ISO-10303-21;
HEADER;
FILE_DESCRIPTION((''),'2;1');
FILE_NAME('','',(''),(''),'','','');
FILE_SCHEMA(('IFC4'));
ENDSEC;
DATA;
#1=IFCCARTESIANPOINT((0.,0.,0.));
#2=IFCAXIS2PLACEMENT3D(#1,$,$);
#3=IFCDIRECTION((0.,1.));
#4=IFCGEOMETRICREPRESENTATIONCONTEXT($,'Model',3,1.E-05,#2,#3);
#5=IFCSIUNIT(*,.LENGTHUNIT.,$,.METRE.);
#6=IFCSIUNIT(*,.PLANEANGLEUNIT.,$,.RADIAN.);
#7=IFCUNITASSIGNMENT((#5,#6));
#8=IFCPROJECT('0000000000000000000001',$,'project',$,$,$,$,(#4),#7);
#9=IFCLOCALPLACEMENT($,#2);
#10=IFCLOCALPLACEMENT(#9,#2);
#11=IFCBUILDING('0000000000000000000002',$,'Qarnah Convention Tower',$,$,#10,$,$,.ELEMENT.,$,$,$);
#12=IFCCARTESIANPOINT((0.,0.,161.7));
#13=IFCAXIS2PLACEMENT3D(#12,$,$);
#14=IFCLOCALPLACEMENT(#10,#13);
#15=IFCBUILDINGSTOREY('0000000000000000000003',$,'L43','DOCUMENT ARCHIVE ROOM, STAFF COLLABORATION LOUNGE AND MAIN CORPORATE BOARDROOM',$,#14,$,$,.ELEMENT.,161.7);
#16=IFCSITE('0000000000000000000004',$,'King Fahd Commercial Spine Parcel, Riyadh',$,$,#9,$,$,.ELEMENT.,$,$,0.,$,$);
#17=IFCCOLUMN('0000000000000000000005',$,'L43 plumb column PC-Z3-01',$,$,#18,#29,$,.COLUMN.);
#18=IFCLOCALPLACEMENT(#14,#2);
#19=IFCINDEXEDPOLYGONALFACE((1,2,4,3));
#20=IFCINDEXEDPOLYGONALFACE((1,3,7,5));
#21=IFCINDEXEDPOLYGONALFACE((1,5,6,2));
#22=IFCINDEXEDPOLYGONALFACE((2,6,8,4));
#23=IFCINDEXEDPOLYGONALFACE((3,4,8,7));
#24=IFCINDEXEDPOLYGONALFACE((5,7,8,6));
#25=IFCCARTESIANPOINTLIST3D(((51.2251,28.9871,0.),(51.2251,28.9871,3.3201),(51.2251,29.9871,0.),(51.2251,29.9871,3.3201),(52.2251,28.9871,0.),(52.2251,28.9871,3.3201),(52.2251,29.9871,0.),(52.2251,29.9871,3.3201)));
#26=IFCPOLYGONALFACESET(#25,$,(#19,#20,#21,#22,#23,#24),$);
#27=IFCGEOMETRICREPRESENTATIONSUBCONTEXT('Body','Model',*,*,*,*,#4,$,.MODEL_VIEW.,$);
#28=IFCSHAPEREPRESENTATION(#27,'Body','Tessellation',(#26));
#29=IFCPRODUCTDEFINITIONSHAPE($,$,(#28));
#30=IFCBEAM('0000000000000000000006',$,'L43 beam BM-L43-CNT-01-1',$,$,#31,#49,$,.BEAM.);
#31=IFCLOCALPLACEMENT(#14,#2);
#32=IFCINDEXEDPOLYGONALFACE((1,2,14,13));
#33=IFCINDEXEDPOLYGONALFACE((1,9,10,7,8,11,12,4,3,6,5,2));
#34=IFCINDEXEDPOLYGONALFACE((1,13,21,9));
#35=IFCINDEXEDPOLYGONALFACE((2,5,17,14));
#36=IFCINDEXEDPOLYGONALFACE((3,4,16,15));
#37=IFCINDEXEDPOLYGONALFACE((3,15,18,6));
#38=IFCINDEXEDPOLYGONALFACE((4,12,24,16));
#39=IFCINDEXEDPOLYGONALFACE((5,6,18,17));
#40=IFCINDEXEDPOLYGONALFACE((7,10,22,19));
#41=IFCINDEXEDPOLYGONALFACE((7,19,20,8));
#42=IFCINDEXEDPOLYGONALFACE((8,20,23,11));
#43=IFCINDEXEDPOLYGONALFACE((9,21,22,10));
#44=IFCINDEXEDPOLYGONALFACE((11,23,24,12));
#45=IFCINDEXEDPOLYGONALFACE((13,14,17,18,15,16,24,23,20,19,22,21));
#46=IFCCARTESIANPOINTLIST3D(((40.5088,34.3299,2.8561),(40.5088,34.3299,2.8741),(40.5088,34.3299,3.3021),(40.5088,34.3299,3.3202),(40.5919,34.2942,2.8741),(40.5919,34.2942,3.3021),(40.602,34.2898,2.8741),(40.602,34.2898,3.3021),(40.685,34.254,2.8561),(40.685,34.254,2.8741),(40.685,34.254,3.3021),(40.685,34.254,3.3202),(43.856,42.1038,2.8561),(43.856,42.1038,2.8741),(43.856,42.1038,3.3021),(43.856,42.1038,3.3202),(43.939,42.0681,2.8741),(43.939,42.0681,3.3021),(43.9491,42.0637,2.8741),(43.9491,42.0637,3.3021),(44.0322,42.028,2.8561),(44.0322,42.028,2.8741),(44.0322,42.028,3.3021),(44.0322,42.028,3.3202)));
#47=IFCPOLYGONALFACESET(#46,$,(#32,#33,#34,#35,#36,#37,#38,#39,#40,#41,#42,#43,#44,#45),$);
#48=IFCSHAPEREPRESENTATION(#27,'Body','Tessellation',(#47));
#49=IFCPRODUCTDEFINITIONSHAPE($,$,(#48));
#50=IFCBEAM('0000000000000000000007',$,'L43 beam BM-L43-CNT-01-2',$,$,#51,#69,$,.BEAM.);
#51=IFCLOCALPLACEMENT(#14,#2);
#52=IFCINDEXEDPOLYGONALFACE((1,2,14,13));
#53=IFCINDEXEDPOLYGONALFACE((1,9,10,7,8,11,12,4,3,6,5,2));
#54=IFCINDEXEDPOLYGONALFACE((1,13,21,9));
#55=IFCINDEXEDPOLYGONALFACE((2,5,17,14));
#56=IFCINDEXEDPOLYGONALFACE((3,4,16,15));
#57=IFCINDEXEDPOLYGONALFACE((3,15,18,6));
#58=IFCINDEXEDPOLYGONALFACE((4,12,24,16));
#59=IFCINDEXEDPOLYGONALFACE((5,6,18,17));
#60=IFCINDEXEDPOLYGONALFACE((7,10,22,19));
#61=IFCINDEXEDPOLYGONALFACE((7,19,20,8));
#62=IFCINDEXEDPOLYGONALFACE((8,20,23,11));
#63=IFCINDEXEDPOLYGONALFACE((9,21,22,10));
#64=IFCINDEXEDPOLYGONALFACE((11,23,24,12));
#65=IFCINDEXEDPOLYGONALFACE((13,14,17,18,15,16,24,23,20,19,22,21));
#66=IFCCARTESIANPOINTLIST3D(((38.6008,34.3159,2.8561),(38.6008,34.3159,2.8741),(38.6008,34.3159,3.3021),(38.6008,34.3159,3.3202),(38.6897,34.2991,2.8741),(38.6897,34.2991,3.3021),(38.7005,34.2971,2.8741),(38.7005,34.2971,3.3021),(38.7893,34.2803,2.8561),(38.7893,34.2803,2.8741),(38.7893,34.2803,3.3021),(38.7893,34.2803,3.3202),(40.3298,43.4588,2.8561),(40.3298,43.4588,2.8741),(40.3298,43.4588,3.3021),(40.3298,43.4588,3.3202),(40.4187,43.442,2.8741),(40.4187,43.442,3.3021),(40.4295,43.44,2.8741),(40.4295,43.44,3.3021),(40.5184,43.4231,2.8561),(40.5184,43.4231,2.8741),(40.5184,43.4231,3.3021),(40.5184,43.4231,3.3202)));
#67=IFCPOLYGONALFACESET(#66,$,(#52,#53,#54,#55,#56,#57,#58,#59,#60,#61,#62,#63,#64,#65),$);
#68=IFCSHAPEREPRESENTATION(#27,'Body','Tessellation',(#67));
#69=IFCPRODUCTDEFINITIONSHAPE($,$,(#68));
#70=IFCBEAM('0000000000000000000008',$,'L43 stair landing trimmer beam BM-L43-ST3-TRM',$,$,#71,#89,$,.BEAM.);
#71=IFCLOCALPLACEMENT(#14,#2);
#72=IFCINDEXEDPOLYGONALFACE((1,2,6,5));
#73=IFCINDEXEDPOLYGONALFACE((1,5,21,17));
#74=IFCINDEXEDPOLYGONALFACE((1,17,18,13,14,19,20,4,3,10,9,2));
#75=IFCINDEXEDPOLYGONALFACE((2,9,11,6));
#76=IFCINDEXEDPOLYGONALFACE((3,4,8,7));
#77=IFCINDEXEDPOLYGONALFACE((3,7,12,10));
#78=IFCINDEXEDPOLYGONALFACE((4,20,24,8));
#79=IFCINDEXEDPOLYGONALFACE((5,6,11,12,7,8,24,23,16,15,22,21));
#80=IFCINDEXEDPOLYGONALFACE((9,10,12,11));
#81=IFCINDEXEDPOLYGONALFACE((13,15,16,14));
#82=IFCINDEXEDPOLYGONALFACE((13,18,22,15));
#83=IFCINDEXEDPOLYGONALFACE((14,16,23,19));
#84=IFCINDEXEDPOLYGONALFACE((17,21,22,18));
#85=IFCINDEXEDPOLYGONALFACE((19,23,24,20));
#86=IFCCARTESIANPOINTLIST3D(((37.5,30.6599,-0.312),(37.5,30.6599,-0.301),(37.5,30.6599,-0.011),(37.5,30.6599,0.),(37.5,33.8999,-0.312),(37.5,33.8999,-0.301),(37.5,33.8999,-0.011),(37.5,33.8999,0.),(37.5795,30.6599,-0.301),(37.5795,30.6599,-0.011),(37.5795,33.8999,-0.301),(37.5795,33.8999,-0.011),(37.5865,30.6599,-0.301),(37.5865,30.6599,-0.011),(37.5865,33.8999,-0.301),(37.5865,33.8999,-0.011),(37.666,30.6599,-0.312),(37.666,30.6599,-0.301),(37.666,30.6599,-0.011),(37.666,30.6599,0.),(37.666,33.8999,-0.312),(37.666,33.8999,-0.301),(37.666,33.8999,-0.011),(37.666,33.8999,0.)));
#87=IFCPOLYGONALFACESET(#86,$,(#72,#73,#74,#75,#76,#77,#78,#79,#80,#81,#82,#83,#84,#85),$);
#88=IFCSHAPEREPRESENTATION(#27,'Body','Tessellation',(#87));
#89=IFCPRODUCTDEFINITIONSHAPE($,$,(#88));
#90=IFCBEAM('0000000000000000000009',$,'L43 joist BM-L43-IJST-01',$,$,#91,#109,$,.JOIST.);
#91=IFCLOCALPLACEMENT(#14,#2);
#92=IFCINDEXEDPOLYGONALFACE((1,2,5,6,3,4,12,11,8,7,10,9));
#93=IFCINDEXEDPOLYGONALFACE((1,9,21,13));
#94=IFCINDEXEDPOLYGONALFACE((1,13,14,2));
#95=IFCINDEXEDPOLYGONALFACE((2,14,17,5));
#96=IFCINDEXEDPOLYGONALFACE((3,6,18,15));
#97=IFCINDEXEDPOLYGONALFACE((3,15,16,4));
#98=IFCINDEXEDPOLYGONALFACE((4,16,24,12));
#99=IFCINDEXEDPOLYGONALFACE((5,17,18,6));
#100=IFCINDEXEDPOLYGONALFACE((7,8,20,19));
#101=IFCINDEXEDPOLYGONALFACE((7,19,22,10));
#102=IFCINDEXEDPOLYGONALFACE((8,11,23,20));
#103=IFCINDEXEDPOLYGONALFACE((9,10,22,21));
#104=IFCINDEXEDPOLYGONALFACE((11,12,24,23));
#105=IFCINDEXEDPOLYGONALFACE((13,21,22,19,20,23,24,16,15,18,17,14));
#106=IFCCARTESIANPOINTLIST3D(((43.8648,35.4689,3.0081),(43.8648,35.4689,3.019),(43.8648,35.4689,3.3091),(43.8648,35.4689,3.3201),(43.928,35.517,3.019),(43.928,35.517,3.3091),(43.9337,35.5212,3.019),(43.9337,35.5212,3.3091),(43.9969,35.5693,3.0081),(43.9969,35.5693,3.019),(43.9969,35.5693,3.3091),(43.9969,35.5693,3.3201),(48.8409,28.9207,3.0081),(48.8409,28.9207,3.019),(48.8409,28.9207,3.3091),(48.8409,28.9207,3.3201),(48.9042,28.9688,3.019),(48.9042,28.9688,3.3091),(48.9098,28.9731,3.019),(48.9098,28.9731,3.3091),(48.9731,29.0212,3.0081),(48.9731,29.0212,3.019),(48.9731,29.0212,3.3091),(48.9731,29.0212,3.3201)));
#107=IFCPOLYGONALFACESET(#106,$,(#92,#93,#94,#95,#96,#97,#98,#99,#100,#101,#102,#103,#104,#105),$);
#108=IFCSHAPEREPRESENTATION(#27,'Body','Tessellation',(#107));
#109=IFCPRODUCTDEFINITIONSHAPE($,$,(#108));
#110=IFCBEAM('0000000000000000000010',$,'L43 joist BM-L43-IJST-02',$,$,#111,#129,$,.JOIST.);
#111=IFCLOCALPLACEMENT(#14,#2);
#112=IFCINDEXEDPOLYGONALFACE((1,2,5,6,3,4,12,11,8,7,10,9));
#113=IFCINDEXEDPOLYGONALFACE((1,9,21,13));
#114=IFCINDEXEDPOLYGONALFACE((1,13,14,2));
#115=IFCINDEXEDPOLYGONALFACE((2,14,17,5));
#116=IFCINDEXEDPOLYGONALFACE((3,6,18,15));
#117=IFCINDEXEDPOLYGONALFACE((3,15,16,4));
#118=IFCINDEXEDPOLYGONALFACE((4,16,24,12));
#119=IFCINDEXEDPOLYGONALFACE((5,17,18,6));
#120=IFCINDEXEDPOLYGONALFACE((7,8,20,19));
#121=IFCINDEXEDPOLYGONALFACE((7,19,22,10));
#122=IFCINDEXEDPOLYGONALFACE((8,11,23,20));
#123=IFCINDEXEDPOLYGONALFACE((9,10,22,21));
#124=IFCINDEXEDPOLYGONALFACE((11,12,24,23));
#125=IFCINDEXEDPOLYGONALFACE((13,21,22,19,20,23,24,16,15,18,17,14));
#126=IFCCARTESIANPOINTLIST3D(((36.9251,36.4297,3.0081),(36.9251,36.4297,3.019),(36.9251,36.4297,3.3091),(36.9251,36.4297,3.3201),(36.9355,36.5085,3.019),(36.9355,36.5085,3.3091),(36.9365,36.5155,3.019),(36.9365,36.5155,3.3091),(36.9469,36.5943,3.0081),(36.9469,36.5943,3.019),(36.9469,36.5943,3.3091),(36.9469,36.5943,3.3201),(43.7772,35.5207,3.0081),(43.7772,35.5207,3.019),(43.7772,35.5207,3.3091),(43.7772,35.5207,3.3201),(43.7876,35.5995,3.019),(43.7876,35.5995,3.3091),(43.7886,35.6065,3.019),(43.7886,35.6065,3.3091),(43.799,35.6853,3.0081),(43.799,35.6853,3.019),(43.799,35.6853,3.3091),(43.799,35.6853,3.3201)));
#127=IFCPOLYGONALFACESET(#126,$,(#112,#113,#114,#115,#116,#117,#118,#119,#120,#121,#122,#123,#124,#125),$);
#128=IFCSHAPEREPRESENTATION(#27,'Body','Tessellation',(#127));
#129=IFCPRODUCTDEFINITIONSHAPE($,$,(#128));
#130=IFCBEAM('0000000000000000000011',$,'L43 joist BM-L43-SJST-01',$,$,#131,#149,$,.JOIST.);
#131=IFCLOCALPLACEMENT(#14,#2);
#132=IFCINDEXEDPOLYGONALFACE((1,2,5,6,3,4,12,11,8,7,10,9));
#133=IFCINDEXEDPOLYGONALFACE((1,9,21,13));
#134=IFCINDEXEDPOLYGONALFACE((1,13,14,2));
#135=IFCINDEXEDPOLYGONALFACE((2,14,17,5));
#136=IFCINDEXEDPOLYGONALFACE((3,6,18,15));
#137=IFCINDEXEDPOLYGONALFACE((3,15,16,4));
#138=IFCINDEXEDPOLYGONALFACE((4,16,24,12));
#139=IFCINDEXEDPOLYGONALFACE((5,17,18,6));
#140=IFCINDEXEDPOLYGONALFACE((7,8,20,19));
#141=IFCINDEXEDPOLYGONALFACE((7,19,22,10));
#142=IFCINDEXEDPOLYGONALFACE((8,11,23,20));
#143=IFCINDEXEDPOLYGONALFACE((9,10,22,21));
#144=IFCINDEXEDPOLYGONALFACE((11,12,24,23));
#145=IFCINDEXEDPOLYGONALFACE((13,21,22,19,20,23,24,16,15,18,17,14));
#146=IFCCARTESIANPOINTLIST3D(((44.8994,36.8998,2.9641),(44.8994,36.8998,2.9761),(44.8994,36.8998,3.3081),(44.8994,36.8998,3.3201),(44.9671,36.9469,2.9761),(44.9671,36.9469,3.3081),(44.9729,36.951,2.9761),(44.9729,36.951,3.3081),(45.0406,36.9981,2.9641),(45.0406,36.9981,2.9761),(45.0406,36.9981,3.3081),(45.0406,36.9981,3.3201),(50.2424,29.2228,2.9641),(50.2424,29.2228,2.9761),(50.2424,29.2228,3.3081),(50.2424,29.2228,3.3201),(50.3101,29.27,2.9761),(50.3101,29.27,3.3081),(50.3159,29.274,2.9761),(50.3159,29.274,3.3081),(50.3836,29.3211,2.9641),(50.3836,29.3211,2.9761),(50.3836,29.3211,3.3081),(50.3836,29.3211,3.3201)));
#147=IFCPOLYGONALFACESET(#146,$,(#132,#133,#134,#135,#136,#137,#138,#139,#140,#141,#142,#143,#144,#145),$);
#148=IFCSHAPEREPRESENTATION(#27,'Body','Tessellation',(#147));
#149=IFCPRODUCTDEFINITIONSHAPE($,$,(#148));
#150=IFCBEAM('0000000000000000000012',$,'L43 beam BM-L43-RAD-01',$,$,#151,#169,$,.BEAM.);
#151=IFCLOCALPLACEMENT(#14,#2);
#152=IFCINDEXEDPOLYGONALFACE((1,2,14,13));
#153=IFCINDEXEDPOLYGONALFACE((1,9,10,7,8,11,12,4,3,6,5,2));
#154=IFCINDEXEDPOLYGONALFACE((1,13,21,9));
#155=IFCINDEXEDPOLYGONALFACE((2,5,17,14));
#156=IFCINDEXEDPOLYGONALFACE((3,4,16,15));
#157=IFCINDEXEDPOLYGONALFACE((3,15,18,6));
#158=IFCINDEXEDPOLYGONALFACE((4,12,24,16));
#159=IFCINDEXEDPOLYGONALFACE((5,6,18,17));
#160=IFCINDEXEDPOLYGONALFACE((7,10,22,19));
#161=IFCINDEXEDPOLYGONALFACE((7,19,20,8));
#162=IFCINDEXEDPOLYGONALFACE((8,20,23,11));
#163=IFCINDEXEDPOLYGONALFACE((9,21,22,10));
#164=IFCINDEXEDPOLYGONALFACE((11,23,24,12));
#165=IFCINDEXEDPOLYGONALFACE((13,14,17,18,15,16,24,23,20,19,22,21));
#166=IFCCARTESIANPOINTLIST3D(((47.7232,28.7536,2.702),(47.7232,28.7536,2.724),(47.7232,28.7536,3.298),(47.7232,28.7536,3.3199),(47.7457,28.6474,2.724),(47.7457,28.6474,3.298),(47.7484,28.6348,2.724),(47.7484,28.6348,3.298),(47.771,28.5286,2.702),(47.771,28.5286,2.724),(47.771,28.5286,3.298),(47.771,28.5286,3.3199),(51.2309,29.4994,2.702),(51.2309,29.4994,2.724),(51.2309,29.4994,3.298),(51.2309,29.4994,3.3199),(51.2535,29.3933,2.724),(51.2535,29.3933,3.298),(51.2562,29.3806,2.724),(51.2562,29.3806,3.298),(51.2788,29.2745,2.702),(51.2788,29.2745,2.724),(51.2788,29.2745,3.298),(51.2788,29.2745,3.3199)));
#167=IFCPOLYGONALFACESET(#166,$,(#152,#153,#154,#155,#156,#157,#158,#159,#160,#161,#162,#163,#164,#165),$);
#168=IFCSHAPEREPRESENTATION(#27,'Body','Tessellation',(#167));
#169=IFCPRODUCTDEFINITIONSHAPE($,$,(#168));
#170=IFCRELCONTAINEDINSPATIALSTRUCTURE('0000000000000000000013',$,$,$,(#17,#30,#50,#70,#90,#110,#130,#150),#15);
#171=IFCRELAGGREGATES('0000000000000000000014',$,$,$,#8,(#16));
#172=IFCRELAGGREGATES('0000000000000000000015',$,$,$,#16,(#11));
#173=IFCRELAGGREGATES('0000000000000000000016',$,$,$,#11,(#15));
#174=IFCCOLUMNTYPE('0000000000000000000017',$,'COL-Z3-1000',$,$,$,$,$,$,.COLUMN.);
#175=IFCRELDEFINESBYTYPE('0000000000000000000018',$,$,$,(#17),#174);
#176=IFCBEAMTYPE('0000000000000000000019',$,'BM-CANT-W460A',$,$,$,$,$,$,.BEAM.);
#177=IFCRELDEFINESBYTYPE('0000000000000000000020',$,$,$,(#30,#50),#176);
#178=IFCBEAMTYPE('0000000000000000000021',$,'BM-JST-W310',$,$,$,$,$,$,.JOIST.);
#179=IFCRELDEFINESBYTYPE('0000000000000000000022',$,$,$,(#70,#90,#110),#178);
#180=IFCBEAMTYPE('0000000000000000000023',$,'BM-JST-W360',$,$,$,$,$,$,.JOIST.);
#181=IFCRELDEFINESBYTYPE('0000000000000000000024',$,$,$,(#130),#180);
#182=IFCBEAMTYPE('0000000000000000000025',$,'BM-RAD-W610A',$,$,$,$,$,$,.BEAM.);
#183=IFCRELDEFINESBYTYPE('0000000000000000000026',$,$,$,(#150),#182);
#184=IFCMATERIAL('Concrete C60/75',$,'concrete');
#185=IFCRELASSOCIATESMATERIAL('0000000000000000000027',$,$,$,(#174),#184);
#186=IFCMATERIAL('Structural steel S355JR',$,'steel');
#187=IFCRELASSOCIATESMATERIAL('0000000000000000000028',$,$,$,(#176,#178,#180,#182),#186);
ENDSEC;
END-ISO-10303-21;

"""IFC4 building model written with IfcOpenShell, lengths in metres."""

from ifc_helpers import new_model, si_unit, direction, frame, origin, origin_2d, place, context, subcontext, project, spatial, rectangle, i_section, extrude, material, material_profile, profile_set, type_object, element, save


model = new_model("IFC4")

# Units and contexts
model_context = context("Model", 3, precision=1e-05, world=origin(), true_north=direction((0.0, 1.0)))
body_context = subcontext(model_context, "Body", "Model", "MODEL_VIEW")
ifc_project = project(units=[si_unit("LENGTHUNIT", "METRE"), si_unit("PLANEANGLEUNIT", "RADIAN")], contexts=[model_context])

# Site, building, storey
site_placement = place(None, origin())
site = spatial("IfcSite", under=ifc_project, at=site_placement, Name="King Fahd Commercial Spine Parcel, Riyadh", CompositionType="ELEMENT", RefElevation=0.0)
building_placement = place(site_placement, origin())
building = spatial("IfcBuilding", under=site, at=building_placement, Name="Qarnah Convention Tower", CompositionType="ELEMENT")
storey_placement = place(building_placement, frame((0.0, 0.0, 161.7)))
storey = spatial("IfcBuildingStorey", under=building, at=storey_placement, Name="L43", Description="DOCUMENT ARCHIVE ROOM, STAFF COLLABORATION LOUNGE AND MAIN CORPORATE BOARDROOM", CompositionType="ELEMENT", Elevation=161.7)

# Column
ifc_material_1 = material(Name="Concrete C60/75", Category="concrete")
ifc_material_profile_1 = material_profile(ifc_material_1, rectangle(XDim=1.0, YDim=1.0, at=origin_2d()), Name="RC-COL-1000X1000")
ifc_profile_set_1 = profile_set([ifc_material_profile_1], Name="Concrete C60/75")
column_type = type_object("IfcColumnType", Name="COL-Z3-1000", PredefinedType="COLUMN", material=ifc_profile_set_1)
column_placement = place(storey_placement, frame((51.7251, 29.4871, 0.0), z_axis=(0.0, 0.0, 1.0), x_axis=(1.0, 0.0, 0.0)))
element("IfcColumn", 1, at=column_placement, inside=storey, type_object=column_type, Name="L43 plumb column PC-Z3-01", PredefinedType="COLUMN", context=body_context, shape_type="SweptSolid", body=[
    extrude(rectangle(XDim=1.0, YDim=1.0, at=origin_2d()), origin(), (0.0, 0.0, 1.0), 3.3201),
])

# Beams
ifc_material_2 = material(Name="Structural steel S355JR", Category="steel")
ifc_material_profile_2 = material_profile(ifc_material_2, i_section(OverallWidth=0.1919, OverallDepth=0.4641, WebThickness=0.011, FlangeThickness=0.0181, at=origin_2d()), Name="W460X89")
ifc_profile_set_2 = profile_set([ifc_material_profile_2], Name="Structural steel S355JR")
beam_type_1 = type_object("IfcBeamType", Name="BM-CANT-W460A", PredefinedType="BEAM", material=ifc_profile_set_2)
beam_1_placement = place(storey_placement, frame((40.5969, 34.292, 3.0881), z_axis=(0.395464, 0.918481, 0.0), x_axis=(-0.918481, 0.395464, 0.0)))
element("IfcBeam", 2, at=beam_1_placement, inside=storey, type_object=beam_type_1, Name="L43 beam BM-L43-CNT-01-1", PredefinedType="BEAM", context=body_context, shape_type="SweptSolid", body=[
    extrude(i_section(OverallWidth=0.1919, OverallDepth=0.4641, WebThickness=0.011, FlangeThickness=0.0181, at=origin_2d()), origin(), (0.0, 0.0, 1.0), 8.4639),
])
beam_2_placement = place(storey_placement, frame((38.6951, 34.2981, 3.0881), z_axis=(0.185817, 0.982584, 0.0), x_axis=(-0.982584, 0.185817, 0.0)))
element("IfcBeam", 3, at=beam_2_placement, inside=storey, type_object=beam_type_1, Name="L43 beam BM-L43-CNT-01-2", PredefinedType="BEAM", context=body_context, shape_type="SweptSolid", body=[
    extrude(i_section(OverallWidth=0.1919, OverallDepth=0.4641, WebThickness=0.011, FlangeThickness=0.0181, at=origin_2d()), origin(), (0.0, 0.0, 1.0), 9.3049),
])
ifc_material_profile_3 = material_profile(ifc_material_2, i_section(OverallWidth=0.166, OverallDepth=0.312, WebThickness=0.0071, FlangeThickness=0.011, at=origin_2d()), Name="W310X45")
ifc_profile_set_3 = profile_set([ifc_material_profile_3], Name="Structural steel S355JR")
beam_type_2 = type_object("IfcBeamType", Name="BM-JST-W310", PredefinedType="JOIST", material=ifc_profile_set_3)
beam_3_placement = place(storey_placement, frame((37.583, 30.6599, -0.156), z_axis=(0.0, 1.0, 0.0), x_axis=(-1.0, 0.0, 0.0)))
element("IfcBeam", 4, at=beam_3_placement, inside=storey, type_object=beam_type_2, Name="L43 stair landing trimmer beam BM-L43-ST3-TRM", PredefinedType="BEAM", context=body_context, shape_type="SweptSolid", body=[
    extrude(i_section(OverallWidth=0.166, OverallDepth=0.312, WebThickness=0.0071, FlangeThickness=0.011, at=origin_2d()), origin(), (0.0, 0.0, 1.0), 3.24),
])
beam_4_placement = place(storey_placement, frame((48.907, 28.9709, 3.1641), z_axis=(-0.605046, 0.79619, 0.0), x_axis=(-0.79619, -0.605046, 0.0)))
element("IfcBeam", 5, at=beam_4_placement, inside=storey, type_object=beam_type_2, Name="L43 joist BM-L43-IJST-01", PredefinedType="JOIST", context=body_context, shape_type="SweptSolid", body=[
    extrude(i_section(OverallWidth=0.166, OverallDepth=0.312, WebThickness=0.0071, FlangeThickness=0.011, at=origin_2d()), origin(), (0.0, 0.0, 1.0), 8.2244),
])
beam_5_placement = place(storey_placement, frame((43.7881, 35.603, 3.1641), z_axis=(-0.991316, 0.1315, 0.0), x_axis=(-0.1315, -0.991316, 0.0)))
element("IfcBeam", 6, at=beam_5_placement, inside=storey, type_object=beam_type_2, Name="L43 joist BM-L43-IJST-02", PredefinedType="JOIST", context=body_context, shape_type="SweptSolid", body=[
    extrude(i_section(OverallWidth=0.166, OverallDepth=0.312, WebThickness=0.0071, FlangeThickness=0.011, at=origin_2d()), origin(), (0.0, 0.0, 1.0), 6.9121),
])
ifc_material_profile_4 = material_profile(ifc_material_2, i_section(OverallWidth=0.1721, OverallDepth=0.356, WebThickness=0.0071, FlangeThickness=0.012, at=origin_2d()), Name="W360X51")
ifc_profile_set_4 = profile_set([ifc_material_profile_4], Name="Structural steel S355JR")
beam_type_3 = type_object("IfcBeamType", Name="BM-JST-W360", PredefinedType="JOIST", material=ifc_profile_set_4)
beam_6_placement = place(storey_placement, frame((50.313, 29.272, 3.1421), z_axis=(-0.571244, 0.82078, 0.0), x_axis=(-0.82078, -0.571244, 0.0)))
element("IfcBeam", 7, at=beam_6_placement, inside=storey, type_object=beam_type_3, Name="L43 joist BM-L43-SJST-01", PredefinedType="JOIST", context=body_context, shape_type="SweptSolid", body=[
    extrude(i_section(OverallWidth=0.1721, OverallDepth=0.356, WebThickness=0.0071, FlangeThickness=0.012, at=origin_2d()), origin(), (0.0, 0.0, 1.0), 9.3533),
])
ifc_material_profile_5 = material_profile(ifc_material_2, i_section(OverallWidth=0.23, OverallDepth=0.6179, WebThickness=0.0129, FlangeThickness=0.022, at=origin_2d()), Name="W610X140")
ifc_profile_set_5 = profile_set([ifc_material_profile_5], Name="Structural steel S355JR")
beam_type_4 = type_object("IfcBeamType", Name="BM-RAD-W610A", PredefinedType="BEAM", material=ifc_profile_set_5)
beam_7_placement = place(storey_placement, frame((47.7471, 28.6411, 3.011), z_axis=(0.978134, 0.207976, 0.0), x_axis=(-0.207976, 0.978134, 0.0)))
element("IfcBeam", 8, at=beam_7_placement, inside=storey, type_object=beam_type_4, Name="L43 beam BM-L43-RAD-01", PredefinedType="BEAM", context=body_context, shape_type="SweptSolid", body=[
    extrude(i_section(OverallWidth=0.23, OverallDepth=0.6179, WebThickness=0.0129, FlangeThickness=0.022, at=origin_2d()), origin(), (0.0, 0.0, 1.0), 3.5862),
])

save(model, "model.ifc")
